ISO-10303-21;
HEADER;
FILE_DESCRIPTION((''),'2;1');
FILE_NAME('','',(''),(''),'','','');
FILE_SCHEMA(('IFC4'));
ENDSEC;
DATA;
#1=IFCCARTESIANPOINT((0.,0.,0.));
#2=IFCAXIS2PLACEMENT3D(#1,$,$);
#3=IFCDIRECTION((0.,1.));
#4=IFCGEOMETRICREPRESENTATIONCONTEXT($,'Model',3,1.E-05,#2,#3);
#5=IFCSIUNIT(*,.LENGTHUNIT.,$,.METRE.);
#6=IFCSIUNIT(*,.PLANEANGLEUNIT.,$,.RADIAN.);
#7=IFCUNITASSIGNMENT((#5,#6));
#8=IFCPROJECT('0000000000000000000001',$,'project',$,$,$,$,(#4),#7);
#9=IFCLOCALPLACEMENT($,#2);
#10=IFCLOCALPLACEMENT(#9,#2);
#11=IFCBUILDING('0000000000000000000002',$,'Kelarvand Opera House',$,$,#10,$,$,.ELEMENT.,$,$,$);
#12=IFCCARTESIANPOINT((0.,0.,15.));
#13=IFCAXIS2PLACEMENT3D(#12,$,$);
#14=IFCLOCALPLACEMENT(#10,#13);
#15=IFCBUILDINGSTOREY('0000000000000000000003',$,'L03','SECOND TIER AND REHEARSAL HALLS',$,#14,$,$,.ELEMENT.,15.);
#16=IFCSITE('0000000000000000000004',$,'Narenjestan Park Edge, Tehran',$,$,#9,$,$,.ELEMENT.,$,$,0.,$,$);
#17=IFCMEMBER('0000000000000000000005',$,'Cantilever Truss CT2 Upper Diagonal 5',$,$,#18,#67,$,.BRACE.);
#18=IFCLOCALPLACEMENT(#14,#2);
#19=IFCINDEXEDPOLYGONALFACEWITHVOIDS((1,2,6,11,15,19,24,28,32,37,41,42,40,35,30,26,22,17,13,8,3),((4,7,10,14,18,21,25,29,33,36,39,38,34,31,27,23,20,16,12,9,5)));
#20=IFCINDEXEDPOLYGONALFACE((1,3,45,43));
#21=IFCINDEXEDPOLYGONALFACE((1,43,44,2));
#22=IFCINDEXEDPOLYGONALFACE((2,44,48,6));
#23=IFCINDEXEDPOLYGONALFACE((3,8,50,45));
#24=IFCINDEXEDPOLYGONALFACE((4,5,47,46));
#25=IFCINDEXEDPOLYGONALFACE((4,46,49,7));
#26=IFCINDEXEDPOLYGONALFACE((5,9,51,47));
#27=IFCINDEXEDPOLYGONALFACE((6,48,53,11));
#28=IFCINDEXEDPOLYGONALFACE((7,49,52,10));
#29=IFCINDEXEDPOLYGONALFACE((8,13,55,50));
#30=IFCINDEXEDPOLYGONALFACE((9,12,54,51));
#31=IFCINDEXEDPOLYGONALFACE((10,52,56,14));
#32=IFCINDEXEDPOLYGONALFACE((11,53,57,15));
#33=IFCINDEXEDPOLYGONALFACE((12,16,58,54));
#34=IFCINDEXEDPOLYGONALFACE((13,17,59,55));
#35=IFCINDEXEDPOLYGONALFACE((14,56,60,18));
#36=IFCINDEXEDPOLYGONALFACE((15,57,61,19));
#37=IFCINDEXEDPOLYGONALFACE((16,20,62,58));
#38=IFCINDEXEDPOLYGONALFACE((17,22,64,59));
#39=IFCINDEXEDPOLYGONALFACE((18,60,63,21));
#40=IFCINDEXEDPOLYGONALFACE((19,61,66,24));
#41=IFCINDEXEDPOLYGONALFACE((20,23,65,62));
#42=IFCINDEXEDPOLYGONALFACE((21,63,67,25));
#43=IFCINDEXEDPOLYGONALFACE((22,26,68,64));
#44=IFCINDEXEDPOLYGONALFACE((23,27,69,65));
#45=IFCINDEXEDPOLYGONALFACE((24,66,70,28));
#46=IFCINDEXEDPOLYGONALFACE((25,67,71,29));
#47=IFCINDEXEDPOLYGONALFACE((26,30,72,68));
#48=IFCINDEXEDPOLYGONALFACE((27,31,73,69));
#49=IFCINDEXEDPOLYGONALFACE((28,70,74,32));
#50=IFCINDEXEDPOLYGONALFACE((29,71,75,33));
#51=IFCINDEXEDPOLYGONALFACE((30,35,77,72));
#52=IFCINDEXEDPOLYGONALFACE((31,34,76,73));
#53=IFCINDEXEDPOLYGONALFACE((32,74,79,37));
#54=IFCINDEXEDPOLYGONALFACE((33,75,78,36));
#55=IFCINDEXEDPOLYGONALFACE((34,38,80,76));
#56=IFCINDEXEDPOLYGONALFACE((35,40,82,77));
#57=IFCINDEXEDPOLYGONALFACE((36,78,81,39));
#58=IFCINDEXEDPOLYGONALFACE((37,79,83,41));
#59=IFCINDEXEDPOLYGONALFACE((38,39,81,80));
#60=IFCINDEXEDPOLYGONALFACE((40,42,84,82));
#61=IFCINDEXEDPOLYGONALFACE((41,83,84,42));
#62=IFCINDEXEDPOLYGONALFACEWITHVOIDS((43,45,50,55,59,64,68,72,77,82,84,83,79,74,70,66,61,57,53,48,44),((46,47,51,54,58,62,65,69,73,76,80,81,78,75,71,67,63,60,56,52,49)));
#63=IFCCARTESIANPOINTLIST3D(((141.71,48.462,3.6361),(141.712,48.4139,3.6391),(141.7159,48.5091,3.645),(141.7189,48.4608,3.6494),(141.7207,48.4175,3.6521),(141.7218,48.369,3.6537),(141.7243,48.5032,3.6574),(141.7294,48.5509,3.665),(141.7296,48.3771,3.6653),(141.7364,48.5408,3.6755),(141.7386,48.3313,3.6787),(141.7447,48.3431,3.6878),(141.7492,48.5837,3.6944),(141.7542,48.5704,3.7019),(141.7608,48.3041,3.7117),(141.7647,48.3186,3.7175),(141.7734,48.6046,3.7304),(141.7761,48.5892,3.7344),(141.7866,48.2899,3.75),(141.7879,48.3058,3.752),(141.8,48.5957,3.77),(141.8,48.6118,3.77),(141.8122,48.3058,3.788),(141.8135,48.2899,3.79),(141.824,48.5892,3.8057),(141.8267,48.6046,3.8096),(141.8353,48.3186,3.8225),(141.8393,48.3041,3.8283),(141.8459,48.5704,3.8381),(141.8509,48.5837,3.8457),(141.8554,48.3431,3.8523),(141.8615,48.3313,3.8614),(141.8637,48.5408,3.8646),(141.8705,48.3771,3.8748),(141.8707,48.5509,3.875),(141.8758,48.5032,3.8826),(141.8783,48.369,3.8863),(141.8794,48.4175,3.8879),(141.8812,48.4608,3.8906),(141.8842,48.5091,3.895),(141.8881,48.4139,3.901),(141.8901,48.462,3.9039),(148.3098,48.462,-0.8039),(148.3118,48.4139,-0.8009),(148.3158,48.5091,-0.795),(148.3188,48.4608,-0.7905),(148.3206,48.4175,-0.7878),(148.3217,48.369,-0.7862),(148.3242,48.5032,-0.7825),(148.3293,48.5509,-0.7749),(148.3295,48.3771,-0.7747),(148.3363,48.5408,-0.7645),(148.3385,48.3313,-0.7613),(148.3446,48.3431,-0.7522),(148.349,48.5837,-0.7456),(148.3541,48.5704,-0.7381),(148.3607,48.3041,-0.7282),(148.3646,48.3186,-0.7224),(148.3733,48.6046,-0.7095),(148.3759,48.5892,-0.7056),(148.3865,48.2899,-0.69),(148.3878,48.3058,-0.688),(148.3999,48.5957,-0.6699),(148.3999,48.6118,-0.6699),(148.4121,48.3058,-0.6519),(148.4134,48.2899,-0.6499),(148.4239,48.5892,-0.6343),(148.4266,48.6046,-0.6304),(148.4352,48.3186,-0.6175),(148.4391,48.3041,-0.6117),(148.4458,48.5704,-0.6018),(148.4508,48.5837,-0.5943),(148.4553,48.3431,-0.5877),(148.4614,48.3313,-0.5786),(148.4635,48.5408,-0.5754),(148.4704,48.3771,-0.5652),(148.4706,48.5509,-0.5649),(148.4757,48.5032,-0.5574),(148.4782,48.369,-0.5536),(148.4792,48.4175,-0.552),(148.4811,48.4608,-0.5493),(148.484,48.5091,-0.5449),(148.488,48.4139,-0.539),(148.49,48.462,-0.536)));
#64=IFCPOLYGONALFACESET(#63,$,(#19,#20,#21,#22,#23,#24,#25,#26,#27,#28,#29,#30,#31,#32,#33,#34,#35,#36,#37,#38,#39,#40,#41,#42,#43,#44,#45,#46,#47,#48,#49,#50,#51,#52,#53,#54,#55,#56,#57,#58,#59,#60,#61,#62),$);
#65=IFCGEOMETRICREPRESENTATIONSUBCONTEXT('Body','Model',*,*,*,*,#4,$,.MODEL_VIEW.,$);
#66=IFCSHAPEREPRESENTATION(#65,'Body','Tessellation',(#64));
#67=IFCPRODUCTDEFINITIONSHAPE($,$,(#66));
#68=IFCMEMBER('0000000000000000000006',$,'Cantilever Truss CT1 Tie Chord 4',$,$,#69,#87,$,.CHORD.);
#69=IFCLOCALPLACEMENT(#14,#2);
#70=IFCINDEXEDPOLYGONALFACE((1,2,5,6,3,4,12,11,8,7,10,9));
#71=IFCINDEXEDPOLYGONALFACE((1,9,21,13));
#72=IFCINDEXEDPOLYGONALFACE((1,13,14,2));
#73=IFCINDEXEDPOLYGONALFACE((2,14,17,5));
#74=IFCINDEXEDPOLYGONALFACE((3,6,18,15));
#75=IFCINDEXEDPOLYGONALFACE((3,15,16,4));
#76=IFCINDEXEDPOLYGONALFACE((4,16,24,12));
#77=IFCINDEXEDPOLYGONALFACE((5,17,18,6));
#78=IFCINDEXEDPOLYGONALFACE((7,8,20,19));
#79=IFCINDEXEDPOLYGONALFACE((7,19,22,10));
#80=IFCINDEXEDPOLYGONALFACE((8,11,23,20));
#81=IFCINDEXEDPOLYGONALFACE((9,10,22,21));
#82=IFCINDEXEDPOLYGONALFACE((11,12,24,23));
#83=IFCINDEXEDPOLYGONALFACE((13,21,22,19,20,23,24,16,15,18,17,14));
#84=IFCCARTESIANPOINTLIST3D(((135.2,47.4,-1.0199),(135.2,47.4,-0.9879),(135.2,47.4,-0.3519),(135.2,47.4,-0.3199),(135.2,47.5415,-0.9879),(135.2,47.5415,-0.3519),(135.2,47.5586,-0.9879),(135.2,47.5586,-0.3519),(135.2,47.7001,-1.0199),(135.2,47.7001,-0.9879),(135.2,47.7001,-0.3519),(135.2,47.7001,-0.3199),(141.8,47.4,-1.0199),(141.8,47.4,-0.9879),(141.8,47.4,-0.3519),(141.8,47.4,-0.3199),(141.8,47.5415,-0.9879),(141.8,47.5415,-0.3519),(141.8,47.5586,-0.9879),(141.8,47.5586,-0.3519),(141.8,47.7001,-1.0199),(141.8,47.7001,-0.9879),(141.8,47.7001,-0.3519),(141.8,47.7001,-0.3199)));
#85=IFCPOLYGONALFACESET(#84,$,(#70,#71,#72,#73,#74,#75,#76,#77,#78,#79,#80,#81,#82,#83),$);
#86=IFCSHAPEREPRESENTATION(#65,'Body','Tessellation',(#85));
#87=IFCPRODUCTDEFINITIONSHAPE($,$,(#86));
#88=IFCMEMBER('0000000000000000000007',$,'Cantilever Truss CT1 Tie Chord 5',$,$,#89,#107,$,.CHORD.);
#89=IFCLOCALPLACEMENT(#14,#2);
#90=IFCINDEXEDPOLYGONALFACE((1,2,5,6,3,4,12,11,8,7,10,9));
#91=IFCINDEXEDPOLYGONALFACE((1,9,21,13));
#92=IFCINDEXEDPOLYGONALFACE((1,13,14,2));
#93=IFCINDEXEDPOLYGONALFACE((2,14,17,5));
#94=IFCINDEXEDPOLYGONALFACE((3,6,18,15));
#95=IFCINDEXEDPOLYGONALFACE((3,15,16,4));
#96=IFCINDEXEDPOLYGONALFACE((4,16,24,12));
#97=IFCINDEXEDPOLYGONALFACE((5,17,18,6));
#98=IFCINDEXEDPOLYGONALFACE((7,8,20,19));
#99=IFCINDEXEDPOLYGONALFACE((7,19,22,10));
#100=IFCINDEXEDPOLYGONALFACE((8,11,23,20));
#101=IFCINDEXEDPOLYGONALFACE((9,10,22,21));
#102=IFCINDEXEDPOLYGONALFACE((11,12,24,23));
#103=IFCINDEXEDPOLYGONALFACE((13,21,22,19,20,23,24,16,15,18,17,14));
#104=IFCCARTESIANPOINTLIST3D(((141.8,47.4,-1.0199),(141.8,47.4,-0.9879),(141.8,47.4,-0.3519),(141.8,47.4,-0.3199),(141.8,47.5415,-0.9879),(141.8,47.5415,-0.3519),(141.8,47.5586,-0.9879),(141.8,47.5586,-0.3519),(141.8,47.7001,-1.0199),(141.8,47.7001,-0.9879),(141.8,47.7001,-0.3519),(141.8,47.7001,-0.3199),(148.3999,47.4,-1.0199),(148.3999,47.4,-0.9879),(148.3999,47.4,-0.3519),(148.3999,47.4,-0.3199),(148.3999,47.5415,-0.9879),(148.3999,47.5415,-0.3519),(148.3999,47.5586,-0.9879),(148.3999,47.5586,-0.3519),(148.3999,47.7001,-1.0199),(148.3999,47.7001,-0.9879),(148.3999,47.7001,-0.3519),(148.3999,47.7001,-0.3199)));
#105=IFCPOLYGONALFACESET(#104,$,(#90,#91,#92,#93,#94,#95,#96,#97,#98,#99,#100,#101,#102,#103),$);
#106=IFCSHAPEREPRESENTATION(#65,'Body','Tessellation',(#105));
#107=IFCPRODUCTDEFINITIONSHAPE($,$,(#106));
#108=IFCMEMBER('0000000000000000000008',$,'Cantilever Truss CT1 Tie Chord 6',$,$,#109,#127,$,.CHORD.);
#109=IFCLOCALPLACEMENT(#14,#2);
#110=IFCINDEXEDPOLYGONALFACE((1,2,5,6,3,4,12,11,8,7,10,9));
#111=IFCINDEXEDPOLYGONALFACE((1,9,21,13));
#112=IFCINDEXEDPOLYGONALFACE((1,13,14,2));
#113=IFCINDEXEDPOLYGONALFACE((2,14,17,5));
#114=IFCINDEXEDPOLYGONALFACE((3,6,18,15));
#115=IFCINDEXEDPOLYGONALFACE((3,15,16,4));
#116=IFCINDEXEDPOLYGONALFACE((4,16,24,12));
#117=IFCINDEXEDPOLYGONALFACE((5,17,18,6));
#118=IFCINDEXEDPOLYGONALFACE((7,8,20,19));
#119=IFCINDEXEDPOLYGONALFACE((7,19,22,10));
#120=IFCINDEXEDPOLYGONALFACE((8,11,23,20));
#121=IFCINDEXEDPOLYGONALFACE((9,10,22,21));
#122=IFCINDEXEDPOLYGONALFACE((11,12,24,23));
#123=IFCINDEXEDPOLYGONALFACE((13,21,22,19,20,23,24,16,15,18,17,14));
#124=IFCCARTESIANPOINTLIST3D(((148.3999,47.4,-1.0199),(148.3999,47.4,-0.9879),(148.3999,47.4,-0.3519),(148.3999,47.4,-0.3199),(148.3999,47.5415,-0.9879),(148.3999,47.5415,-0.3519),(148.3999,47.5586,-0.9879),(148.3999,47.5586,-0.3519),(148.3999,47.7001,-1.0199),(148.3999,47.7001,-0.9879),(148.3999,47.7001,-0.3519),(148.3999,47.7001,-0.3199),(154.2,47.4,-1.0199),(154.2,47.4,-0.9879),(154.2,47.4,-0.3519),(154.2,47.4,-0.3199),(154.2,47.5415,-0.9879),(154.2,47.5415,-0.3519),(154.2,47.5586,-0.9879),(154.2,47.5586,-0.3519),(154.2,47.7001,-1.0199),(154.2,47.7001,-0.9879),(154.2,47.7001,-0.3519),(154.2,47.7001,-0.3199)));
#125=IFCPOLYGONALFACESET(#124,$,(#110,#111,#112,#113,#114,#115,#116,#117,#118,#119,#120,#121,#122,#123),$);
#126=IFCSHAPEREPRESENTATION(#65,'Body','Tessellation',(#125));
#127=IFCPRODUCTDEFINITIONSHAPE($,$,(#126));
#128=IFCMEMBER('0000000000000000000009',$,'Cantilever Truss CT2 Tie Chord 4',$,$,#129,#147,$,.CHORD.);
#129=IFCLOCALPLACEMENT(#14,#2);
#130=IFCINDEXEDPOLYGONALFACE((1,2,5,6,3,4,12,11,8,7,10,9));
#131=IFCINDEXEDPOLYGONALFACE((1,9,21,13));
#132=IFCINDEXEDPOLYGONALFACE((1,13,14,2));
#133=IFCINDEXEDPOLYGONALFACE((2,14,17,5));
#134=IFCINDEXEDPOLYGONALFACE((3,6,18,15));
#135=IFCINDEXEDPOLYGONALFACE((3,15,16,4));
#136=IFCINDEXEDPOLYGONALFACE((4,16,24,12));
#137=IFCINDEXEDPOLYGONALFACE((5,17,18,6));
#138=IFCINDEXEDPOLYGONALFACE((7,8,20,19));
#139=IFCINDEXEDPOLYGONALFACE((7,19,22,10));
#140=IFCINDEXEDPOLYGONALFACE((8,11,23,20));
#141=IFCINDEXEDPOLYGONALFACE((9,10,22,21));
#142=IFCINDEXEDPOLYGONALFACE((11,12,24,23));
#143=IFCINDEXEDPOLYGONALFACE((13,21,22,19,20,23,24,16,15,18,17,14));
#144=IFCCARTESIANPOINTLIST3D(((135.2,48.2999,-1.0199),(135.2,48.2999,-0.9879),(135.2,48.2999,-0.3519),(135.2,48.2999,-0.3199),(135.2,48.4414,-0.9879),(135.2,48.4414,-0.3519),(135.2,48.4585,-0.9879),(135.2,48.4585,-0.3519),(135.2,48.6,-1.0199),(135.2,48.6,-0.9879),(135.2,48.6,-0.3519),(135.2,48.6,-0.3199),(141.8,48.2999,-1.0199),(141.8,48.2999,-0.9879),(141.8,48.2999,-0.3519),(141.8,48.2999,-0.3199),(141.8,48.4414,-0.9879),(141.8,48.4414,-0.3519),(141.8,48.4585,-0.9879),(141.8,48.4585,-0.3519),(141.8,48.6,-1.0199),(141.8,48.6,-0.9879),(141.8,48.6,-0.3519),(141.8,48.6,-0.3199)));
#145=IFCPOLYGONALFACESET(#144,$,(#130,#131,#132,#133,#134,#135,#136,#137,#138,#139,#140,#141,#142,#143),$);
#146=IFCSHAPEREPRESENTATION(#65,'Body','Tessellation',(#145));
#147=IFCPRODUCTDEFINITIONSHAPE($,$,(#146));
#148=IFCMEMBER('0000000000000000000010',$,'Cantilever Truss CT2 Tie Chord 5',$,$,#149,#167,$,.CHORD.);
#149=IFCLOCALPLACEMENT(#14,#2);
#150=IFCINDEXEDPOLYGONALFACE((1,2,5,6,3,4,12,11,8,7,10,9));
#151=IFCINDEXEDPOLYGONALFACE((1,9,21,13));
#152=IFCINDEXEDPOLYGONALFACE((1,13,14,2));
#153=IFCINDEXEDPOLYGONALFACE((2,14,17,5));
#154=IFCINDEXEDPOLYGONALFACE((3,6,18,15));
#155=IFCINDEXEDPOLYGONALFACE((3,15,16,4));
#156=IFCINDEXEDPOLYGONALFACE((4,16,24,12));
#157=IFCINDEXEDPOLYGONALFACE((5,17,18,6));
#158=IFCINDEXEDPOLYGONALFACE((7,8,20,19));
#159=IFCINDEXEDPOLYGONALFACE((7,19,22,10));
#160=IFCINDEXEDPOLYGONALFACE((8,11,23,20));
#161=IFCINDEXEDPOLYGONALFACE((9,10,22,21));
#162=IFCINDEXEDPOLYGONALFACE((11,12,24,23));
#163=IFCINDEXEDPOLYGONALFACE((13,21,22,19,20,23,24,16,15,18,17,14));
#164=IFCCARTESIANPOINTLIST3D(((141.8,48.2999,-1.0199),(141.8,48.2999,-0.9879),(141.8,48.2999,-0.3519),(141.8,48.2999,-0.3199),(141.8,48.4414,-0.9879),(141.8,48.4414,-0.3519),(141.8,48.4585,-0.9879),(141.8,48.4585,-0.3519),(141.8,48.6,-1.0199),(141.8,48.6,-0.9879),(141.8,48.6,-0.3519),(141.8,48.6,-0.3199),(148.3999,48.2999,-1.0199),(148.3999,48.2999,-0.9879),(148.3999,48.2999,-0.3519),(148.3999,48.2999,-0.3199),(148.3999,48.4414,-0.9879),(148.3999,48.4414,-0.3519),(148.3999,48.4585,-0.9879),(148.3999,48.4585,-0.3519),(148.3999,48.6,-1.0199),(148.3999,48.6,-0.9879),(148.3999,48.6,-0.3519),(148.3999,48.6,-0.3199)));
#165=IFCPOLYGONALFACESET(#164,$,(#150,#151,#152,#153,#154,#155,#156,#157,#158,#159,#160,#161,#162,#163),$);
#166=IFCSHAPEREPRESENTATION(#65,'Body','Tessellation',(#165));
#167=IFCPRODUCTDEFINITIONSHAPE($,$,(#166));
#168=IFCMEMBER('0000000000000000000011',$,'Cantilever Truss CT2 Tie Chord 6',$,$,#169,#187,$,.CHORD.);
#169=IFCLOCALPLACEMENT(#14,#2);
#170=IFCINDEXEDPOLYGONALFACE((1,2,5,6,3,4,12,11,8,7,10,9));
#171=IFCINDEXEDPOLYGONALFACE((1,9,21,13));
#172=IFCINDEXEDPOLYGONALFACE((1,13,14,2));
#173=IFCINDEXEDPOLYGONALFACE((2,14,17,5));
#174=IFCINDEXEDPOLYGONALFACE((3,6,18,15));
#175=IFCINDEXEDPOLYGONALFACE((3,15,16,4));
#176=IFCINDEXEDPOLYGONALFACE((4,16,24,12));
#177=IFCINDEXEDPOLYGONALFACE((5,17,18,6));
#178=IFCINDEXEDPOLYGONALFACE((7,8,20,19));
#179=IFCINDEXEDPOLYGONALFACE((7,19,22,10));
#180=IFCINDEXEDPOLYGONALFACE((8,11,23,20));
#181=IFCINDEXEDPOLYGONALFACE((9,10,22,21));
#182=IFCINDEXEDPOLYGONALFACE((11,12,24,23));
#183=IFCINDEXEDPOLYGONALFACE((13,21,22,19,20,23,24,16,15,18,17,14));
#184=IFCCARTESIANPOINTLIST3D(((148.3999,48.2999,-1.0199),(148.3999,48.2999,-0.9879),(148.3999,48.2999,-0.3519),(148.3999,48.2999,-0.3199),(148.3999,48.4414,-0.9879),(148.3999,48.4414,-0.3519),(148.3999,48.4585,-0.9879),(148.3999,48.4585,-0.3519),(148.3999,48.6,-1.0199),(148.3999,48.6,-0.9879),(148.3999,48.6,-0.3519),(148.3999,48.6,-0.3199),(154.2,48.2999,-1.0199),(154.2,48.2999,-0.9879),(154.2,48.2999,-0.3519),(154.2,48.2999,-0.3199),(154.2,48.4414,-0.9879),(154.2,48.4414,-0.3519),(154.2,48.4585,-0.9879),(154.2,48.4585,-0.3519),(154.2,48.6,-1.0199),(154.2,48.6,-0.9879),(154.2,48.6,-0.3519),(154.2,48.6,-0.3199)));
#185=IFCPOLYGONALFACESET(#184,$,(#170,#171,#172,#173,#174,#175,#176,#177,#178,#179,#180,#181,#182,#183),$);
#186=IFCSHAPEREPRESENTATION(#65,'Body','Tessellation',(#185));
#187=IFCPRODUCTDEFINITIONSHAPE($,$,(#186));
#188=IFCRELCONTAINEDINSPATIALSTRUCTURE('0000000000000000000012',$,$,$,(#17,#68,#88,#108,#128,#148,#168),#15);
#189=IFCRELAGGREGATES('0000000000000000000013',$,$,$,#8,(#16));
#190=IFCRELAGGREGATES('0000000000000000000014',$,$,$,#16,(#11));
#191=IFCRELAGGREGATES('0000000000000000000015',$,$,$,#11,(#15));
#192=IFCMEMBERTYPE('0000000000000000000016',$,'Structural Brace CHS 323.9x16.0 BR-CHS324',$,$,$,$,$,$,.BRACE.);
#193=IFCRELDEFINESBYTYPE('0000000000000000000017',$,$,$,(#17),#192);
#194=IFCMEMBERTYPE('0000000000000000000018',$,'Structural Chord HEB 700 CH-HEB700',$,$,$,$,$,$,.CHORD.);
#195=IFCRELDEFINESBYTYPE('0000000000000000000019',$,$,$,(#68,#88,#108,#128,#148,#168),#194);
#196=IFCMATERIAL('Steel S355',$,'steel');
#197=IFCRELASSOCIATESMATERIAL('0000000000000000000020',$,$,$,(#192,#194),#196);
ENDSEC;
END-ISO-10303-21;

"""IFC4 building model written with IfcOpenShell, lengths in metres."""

from ifc_helpers import new_model, si_unit, direction, frame, origin, origin_2d, place, context, subcontext, project, spatial, hollow_circle, i_section, extrude, material, material_profile, profile_set, type_object, element, save


model = new_model("IFC4")

# Units and contexts
model_context = context("Model", 3, precision=1e-05, world=origin(), true_north=direction((0.0, 1.0)))
body_context = subcontext(model_context, "Body", "Model", "MODEL_VIEW")
ifc_project = project(units=[si_unit("LENGTHUNIT", "METRE"), si_unit("PLANEANGLEUNIT", "RADIAN")], contexts=[model_context])

# Site, building, storey
site_placement = place(None, origin())
site = spatial("IfcSite", under=ifc_project, at=site_placement, Name="Narenjestan Park Edge, Tehran", CompositionType="ELEMENT", RefElevation=0.0)
building_placement = place(site_placement, origin())
building = spatial("IfcBuilding", under=site, at=building_placement, Name="Kelarvand Opera House", CompositionType="ELEMENT")
storey_placement = place(building_placement, frame((0.0, 0.0, 15.0)))
storey = spatial("IfcBuildingStorey", under=building, at=storey_placement, Name="L03", Description="SECOND TIER AND REHEARSAL HALLS", CompositionType="ELEMENT", Elevation=15.0)

# Shared definitions
ifc_material_1 = material(Name="Steel S355", Category="steel")

# Members
ifc_material_profile_1 = material_profile(ifc_material_1, hollow_circle(Radius=0.1619, WallThickness=0.0161, at=origin_2d()), Name="CHS 323.9x16.0", Category="steel")
ifc_profile_set_1 = profile_set([ifc_material_profile_1], Name="Steel S355")
member_type_1 = type_object("IfcMemberType", Name="Structural Brace CHS 323.9x16.0 BR-CHS324", PredefinedType="BRACE", material=ifc_profile_set_1)
member_1_placement = place(storey_placement, frame((141.8, 48.45, 3.77), z_axis=(0.82972, 0.0, -0.55818), x_axis=(0.0, 1.0, 0.0)))
element("IfcMember", 1, at=member_1_placement, inside=storey, type_object=member_type_1, Name="Cantilever Truss CT2 Upper Diagonal 5", PredefinedType="BRACE", context=body_context, shape_type="SweptSolid", body=[
    extrude(hollow_circle(Radius=0.1619, WallThickness=0.0161, at=origin_2d()), origin(), (0.0, 0.0, 1.0), 7.9543),
])
ifc_material_profile_2 = material_profile(ifc_material_1, i_section(OverallWidth=0.3, OverallDepth=0.7, WebThickness=0.0171, FlangeThickness=0.032, at=origin_2d()), Name="HEB 700", Category="steel")
ifc_profile_set_2 = profile_set([ifc_material_profile_2], Name="Steel S355")
member_type_2 = type_object("IfcMemberType", Name="Structural Chord HEB 700 CH-HEB700", PredefinedType="CHORD", material=ifc_profile_set_2)
member_2_placement = place(storey_placement, frame((135.2, 47.55, -0.6699), z_axis=(1.0, 0.0, 0.0), x_axis=(0.0, 1.0, 0.0)))
element("IfcMember", 2, at=member_2_placement, inside=storey, type_object=member_type_2, Name="Cantilever Truss CT1 Tie Chord 4", PredefinedType="CHORD", context=body_context, shape_type="SweptSolid", body=[
    extrude(i_section(OverallWidth=0.3, OverallDepth=0.7, WebThickness=0.0171, FlangeThickness=0.032, at=origin_2d()), origin(), (0.0, 0.0, 1.0), 6.6001),
])
member_3_placement = place(storey_placement, frame((141.8, 47.55, -0.6699), z_axis=(1.0, 0.0, 0.0), x_axis=(0.0, 1.0, 0.0)))
element("IfcMember", 3, at=member_3_placement, inside=storey, type_object=member_type_2, Name="Cantilever Truss CT1 Tie Chord 5", PredefinedType="CHORD", context=body_context, shape_type="SweptSolid", body=[
    extrude(i_section(OverallWidth=0.3, OverallDepth=0.7, WebThickness=0.0171, FlangeThickness=0.032, at=origin_2d()), origin(), (0.0, 0.0, 1.0), 6.5999),
])
member_4_placement = place(storey_placement, frame((148.3999, 47.55, -0.6699), z_axis=(1.0, 0.0, 0.0), x_axis=(0.0, 1.0, 0.0)))
element("IfcMember", 4, at=member_4_placement, inside=storey, type_object=member_type_2, Name="Cantilever Truss CT1 Tie Chord 6", PredefinedType="CHORD", context=body_context, shape_type="SweptSolid", body=[
    extrude(i_section(OverallWidth=0.3, OverallDepth=0.7, WebThickness=0.0171, FlangeThickness=0.032, at=origin_2d()), origin(), (0.0, 0.0, 1.0), 5.8),
])
member_5_placement = place(storey_placement, frame((135.2, 48.45, -0.6699), z_axis=(1.0, 0.0, 0.0), x_axis=(0.0, 1.0, 0.0)))
element("IfcMember", 5, at=member_5_placement, inside=storey, type_object=member_type_2, Name="Cantilever Truss CT2 Tie Chord 4", PredefinedType="CHORD", context=body_context, shape_type="SweptSolid", body=[
    extrude(i_section(OverallWidth=0.3, OverallDepth=0.7, WebThickness=0.0171, FlangeThickness=0.032, at=origin_2d()), origin(), (0.0, 0.0, 1.0), 6.6001),
])
member_6_placement = place(storey_placement, frame((141.8, 48.45, -0.6699), z_axis=(1.0, 0.0, 0.0), x_axis=(0.0, 1.0, 0.0)))
element("IfcMember", 6, at=member_6_placement, inside=storey, type_object=member_type_2, Name="Cantilever Truss CT2 Tie Chord 5", PredefinedType="CHORD", context=body_context, shape_type="SweptSolid", body=[
    extrude(i_section(OverallWidth=0.3, OverallDepth=0.7, WebThickness=0.0171, FlangeThickness=0.032, at=origin_2d()), origin(), (0.0, 0.0, 1.0), 6.5999),
])
member_7_placement = place(storey_placement, frame((148.3999, 48.45, -0.6699), z_axis=(1.0, 0.0, 0.0), x_axis=(0.0, 1.0, 0.0)))
element("IfcMember", 7, at=member_7_placement, inside=storey, type_object=member_type_2, Name="Cantilever Truss CT2 Tie Chord 6", PredefinedType="CHORD", context=body_context, shape_type="SweptSolid", body=[
    extrude(i_section(OverallWidth=0.3, OverallDepth=0.7, WebThickness=0.0171, FlangeThickness=0.032, at=origin_2d()), origin(), (0.0, 0.0, 1.0), 5.8),
])

save(model, "model.ifc")
